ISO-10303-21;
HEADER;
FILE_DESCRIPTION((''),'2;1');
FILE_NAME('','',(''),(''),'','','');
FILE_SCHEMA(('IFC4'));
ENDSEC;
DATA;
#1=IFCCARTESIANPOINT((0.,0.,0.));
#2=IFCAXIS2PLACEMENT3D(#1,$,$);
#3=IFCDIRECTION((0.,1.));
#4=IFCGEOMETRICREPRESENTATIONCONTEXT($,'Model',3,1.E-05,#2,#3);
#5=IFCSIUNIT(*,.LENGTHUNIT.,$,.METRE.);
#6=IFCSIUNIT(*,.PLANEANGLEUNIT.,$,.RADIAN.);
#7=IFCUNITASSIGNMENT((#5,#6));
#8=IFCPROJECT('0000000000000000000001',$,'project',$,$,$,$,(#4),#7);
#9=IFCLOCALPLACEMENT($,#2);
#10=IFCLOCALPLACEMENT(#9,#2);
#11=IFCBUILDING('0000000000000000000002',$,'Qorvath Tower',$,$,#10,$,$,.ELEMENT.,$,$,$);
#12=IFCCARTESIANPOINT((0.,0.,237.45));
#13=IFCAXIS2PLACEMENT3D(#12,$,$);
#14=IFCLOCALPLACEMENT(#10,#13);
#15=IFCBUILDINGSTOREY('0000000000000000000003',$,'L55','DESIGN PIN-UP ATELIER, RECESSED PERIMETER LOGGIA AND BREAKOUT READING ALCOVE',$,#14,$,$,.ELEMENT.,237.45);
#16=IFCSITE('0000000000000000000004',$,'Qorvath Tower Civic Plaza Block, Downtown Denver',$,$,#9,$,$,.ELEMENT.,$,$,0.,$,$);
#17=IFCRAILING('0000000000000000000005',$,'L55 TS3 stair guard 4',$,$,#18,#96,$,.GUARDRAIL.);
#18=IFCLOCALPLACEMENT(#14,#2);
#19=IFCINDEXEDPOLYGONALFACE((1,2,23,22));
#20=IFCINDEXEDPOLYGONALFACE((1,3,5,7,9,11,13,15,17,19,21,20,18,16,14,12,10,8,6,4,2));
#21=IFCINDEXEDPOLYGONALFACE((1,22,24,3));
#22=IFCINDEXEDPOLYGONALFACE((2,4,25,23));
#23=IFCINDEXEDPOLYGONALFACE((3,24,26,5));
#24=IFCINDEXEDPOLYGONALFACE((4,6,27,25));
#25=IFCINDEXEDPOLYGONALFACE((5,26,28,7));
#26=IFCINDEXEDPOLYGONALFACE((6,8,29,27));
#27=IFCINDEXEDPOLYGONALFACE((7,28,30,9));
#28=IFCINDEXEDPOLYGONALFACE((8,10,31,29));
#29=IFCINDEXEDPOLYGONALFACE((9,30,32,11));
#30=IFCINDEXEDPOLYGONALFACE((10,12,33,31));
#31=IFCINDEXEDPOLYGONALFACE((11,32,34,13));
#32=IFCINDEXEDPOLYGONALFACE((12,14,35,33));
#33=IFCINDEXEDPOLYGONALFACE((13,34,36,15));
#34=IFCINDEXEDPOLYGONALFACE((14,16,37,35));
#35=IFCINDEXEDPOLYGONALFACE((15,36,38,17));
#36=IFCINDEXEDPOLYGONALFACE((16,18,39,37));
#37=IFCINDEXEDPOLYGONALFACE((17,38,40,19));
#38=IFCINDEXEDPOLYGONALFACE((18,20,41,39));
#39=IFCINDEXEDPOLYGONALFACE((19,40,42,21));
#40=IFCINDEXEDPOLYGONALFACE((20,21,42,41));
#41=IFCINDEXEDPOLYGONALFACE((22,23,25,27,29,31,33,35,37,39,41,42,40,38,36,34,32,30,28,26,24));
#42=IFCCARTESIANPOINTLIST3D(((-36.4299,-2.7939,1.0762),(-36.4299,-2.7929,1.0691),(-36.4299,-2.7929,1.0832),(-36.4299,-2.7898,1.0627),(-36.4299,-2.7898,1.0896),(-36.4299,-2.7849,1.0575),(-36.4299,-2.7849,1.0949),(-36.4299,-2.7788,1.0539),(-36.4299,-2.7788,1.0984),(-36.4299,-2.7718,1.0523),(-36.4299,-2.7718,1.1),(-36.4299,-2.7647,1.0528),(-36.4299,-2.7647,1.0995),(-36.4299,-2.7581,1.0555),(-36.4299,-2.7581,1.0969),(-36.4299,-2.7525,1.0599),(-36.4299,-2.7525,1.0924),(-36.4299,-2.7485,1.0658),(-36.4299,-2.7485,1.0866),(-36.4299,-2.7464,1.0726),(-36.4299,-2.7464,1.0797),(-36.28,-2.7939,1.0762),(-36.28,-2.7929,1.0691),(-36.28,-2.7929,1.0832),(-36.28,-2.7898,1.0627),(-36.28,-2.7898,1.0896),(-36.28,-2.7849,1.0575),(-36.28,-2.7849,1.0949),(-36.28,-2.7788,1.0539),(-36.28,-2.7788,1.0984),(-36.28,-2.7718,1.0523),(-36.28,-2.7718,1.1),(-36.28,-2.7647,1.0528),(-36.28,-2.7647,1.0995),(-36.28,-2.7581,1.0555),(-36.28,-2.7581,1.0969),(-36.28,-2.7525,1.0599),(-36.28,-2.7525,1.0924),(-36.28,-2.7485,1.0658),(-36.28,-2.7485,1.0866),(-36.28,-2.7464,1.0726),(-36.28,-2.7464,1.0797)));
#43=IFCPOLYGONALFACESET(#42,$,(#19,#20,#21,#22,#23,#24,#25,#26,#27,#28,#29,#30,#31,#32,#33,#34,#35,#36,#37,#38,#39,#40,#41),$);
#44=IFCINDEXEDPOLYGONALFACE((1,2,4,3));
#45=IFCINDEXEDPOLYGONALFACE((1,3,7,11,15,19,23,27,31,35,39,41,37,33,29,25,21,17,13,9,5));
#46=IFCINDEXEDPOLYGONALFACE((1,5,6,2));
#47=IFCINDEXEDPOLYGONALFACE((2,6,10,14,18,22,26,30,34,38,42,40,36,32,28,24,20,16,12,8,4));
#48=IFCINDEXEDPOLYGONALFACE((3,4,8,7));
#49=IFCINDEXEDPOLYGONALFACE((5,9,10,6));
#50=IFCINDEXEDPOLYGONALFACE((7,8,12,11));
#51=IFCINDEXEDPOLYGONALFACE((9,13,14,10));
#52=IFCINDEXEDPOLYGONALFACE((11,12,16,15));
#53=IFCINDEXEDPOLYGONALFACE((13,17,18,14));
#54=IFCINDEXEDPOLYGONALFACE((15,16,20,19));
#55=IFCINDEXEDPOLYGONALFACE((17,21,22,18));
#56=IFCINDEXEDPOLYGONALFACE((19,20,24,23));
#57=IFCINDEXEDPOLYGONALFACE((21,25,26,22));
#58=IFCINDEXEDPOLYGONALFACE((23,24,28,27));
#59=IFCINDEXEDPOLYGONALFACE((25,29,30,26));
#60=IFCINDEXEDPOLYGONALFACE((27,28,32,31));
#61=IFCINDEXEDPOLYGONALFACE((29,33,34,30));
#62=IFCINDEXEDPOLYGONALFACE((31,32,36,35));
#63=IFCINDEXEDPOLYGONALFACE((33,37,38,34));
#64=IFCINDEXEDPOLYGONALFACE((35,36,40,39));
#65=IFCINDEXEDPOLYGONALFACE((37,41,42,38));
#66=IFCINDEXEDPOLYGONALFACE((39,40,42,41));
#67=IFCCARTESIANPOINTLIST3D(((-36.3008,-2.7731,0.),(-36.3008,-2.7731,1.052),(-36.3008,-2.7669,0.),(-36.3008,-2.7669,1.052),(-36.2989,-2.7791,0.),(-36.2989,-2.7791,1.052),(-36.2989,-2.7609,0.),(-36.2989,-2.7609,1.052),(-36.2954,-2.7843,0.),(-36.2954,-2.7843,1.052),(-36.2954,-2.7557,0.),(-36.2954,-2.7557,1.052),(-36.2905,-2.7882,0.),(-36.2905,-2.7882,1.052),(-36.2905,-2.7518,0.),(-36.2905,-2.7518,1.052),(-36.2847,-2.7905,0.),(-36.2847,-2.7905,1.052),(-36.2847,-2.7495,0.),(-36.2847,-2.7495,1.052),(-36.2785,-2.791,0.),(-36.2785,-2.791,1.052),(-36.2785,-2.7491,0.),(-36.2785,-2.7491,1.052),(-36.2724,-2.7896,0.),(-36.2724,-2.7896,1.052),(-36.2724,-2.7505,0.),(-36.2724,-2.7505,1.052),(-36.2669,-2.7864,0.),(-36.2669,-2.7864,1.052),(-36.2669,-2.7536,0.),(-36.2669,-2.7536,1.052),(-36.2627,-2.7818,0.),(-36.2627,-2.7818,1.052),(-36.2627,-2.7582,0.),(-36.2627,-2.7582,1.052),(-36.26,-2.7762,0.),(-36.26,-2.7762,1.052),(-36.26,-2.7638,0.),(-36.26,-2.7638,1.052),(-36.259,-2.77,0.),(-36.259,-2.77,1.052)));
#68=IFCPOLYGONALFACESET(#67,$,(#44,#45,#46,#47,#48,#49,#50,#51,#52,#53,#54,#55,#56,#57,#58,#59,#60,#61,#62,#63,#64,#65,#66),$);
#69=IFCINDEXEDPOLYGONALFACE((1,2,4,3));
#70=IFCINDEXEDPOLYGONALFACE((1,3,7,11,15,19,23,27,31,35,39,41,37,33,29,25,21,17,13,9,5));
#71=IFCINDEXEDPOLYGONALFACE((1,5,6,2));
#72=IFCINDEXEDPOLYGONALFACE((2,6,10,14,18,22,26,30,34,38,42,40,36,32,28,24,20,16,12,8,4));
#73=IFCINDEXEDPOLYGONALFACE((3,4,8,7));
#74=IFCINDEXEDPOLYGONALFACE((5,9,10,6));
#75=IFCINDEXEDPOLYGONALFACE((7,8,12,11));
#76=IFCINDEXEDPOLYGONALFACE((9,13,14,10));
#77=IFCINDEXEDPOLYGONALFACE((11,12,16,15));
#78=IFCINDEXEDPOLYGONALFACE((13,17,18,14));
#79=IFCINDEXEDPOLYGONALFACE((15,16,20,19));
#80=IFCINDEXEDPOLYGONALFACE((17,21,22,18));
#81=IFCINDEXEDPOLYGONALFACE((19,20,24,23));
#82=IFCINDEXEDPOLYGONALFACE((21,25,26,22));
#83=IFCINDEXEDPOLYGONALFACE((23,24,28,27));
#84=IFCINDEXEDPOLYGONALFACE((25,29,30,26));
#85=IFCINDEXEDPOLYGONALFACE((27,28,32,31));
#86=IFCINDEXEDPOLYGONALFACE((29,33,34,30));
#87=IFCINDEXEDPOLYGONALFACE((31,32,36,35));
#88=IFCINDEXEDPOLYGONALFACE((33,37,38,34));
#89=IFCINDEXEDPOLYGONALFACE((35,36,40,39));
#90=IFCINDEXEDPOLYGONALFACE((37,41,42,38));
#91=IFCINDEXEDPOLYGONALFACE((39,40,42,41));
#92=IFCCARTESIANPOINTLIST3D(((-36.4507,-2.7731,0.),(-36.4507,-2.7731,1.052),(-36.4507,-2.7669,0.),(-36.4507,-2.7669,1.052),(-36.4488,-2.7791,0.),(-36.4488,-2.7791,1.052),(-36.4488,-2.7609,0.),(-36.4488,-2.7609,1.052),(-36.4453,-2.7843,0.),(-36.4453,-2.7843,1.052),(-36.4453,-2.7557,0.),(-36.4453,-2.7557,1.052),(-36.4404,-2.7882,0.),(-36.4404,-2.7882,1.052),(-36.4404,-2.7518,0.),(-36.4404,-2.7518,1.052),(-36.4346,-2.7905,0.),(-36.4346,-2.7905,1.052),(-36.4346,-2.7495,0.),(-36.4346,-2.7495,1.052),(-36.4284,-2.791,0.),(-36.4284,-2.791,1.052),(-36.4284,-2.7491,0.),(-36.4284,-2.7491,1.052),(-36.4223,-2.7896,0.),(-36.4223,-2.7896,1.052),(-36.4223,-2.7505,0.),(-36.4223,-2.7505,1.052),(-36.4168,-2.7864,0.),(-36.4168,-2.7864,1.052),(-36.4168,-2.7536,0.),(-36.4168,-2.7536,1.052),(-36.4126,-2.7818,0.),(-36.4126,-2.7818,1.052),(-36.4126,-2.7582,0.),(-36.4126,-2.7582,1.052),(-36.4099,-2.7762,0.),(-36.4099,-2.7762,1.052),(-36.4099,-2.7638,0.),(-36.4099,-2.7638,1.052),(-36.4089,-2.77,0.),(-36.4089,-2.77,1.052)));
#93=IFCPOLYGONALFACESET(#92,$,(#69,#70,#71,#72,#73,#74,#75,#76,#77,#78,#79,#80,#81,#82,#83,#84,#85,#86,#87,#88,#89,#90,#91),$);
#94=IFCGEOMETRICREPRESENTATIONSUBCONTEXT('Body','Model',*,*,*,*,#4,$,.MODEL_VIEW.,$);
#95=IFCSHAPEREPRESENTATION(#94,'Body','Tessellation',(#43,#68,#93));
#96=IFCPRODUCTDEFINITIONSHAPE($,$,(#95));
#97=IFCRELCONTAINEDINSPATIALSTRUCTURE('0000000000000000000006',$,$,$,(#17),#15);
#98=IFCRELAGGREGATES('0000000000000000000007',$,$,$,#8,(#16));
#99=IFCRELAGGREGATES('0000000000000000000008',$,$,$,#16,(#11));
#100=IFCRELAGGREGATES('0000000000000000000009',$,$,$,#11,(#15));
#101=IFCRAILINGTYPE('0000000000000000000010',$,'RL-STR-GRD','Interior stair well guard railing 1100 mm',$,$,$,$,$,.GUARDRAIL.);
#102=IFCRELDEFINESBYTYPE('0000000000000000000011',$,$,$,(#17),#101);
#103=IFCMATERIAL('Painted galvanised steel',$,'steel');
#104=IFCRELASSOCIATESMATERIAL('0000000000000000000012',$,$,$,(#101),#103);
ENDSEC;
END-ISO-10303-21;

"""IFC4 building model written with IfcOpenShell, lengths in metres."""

from ifc_helpers import new_model, si_unit, direction, frame, origin, origin_2d, place, context, subcontext, project, spatial, circle, extrude, material, type_object, element, save


model = new_model("IFC4")

# Units and contexts
model_context = context("Model", 3, precision=1e-05, world=origin(), true_north=direction((0.0, 1.0)))
body_context = subcontext(model_context, "Body", "Model", "MODEL_VIEW")
ifc_project = project(units=[si_unit("LENGTHUNIT", "METRE"), si_unit("PLANEANGLEUNIT", "RADIAN")], contexts=[model_context])

# Site, building, storey
site_placement = place(None, origin())
site = spatial("IfcSite", under=ifc_project, at=site_placement, Name="Qorvath Tower Civic Plaza Block, Downtown Denver", CompositionType="ELEMENT", RefElevation=0.0)
building_placement = place(site_placement, origin())
building = spatial("IfcBuilding", under=site, at=building_placement, Name="Qorvath Tower", CompositionType="ELEMENT")
storey_placement = place(building_placement, frame((0.0, 0.0, 237.45)))
storey = spatial("IfcBuildingStorey", under=building, at=storey_placement, Name="L55", Description="DESIGN PIN-UP ATELIER, RECESSED PERIMETER LOGGIA AND BREAKOUT READING ALCOVE", CompositionType="ELEMENT", Elevation=237.45)

# Railing
ifc_material_1 = material(Name="Painted galvanised steel", Category="steel")
railing_type_1 = type_object("IfcRailingType", Name="RL-STR-GRD", Description="Interior stair well guard railing 1100 mm", PredefinedType="GUARDRAIL", material=ifc_material_1)
railing_1_placement = place(storey_placement, frame((-36.28, -2.77, 0.0)))
element("IfcRailing", 1, at=railing_1_placement, inside=storey, type_object=railing_type_1, Name="L55 TS3 stair guard 4", PredefinedType="GUARDRAIL", context=body_context, shape_type="SweptSolid", body=[
    extrude(circle(Radius=0.0239, at=origin_2d()), frame((0.0, 0.0, 1.0762), z_axis=(-1.0, 0.0, 0.0), x_axis=(0.0, -1.0, 0.0)), (0.0, 0.0, 1.0), 0.1499),
    extrude(circle(Radius=0.021, at=origin_2d()), origin(), (0.0, 0.0, 1.0), 1.052),
    extrude(circle(Radius=0.021, at=origin_2d()), frame((-0.1499, 0.0, 0.0)), (0.0, 0.0, 1.0), 1.052),
])

save(model, "model.ifc")
